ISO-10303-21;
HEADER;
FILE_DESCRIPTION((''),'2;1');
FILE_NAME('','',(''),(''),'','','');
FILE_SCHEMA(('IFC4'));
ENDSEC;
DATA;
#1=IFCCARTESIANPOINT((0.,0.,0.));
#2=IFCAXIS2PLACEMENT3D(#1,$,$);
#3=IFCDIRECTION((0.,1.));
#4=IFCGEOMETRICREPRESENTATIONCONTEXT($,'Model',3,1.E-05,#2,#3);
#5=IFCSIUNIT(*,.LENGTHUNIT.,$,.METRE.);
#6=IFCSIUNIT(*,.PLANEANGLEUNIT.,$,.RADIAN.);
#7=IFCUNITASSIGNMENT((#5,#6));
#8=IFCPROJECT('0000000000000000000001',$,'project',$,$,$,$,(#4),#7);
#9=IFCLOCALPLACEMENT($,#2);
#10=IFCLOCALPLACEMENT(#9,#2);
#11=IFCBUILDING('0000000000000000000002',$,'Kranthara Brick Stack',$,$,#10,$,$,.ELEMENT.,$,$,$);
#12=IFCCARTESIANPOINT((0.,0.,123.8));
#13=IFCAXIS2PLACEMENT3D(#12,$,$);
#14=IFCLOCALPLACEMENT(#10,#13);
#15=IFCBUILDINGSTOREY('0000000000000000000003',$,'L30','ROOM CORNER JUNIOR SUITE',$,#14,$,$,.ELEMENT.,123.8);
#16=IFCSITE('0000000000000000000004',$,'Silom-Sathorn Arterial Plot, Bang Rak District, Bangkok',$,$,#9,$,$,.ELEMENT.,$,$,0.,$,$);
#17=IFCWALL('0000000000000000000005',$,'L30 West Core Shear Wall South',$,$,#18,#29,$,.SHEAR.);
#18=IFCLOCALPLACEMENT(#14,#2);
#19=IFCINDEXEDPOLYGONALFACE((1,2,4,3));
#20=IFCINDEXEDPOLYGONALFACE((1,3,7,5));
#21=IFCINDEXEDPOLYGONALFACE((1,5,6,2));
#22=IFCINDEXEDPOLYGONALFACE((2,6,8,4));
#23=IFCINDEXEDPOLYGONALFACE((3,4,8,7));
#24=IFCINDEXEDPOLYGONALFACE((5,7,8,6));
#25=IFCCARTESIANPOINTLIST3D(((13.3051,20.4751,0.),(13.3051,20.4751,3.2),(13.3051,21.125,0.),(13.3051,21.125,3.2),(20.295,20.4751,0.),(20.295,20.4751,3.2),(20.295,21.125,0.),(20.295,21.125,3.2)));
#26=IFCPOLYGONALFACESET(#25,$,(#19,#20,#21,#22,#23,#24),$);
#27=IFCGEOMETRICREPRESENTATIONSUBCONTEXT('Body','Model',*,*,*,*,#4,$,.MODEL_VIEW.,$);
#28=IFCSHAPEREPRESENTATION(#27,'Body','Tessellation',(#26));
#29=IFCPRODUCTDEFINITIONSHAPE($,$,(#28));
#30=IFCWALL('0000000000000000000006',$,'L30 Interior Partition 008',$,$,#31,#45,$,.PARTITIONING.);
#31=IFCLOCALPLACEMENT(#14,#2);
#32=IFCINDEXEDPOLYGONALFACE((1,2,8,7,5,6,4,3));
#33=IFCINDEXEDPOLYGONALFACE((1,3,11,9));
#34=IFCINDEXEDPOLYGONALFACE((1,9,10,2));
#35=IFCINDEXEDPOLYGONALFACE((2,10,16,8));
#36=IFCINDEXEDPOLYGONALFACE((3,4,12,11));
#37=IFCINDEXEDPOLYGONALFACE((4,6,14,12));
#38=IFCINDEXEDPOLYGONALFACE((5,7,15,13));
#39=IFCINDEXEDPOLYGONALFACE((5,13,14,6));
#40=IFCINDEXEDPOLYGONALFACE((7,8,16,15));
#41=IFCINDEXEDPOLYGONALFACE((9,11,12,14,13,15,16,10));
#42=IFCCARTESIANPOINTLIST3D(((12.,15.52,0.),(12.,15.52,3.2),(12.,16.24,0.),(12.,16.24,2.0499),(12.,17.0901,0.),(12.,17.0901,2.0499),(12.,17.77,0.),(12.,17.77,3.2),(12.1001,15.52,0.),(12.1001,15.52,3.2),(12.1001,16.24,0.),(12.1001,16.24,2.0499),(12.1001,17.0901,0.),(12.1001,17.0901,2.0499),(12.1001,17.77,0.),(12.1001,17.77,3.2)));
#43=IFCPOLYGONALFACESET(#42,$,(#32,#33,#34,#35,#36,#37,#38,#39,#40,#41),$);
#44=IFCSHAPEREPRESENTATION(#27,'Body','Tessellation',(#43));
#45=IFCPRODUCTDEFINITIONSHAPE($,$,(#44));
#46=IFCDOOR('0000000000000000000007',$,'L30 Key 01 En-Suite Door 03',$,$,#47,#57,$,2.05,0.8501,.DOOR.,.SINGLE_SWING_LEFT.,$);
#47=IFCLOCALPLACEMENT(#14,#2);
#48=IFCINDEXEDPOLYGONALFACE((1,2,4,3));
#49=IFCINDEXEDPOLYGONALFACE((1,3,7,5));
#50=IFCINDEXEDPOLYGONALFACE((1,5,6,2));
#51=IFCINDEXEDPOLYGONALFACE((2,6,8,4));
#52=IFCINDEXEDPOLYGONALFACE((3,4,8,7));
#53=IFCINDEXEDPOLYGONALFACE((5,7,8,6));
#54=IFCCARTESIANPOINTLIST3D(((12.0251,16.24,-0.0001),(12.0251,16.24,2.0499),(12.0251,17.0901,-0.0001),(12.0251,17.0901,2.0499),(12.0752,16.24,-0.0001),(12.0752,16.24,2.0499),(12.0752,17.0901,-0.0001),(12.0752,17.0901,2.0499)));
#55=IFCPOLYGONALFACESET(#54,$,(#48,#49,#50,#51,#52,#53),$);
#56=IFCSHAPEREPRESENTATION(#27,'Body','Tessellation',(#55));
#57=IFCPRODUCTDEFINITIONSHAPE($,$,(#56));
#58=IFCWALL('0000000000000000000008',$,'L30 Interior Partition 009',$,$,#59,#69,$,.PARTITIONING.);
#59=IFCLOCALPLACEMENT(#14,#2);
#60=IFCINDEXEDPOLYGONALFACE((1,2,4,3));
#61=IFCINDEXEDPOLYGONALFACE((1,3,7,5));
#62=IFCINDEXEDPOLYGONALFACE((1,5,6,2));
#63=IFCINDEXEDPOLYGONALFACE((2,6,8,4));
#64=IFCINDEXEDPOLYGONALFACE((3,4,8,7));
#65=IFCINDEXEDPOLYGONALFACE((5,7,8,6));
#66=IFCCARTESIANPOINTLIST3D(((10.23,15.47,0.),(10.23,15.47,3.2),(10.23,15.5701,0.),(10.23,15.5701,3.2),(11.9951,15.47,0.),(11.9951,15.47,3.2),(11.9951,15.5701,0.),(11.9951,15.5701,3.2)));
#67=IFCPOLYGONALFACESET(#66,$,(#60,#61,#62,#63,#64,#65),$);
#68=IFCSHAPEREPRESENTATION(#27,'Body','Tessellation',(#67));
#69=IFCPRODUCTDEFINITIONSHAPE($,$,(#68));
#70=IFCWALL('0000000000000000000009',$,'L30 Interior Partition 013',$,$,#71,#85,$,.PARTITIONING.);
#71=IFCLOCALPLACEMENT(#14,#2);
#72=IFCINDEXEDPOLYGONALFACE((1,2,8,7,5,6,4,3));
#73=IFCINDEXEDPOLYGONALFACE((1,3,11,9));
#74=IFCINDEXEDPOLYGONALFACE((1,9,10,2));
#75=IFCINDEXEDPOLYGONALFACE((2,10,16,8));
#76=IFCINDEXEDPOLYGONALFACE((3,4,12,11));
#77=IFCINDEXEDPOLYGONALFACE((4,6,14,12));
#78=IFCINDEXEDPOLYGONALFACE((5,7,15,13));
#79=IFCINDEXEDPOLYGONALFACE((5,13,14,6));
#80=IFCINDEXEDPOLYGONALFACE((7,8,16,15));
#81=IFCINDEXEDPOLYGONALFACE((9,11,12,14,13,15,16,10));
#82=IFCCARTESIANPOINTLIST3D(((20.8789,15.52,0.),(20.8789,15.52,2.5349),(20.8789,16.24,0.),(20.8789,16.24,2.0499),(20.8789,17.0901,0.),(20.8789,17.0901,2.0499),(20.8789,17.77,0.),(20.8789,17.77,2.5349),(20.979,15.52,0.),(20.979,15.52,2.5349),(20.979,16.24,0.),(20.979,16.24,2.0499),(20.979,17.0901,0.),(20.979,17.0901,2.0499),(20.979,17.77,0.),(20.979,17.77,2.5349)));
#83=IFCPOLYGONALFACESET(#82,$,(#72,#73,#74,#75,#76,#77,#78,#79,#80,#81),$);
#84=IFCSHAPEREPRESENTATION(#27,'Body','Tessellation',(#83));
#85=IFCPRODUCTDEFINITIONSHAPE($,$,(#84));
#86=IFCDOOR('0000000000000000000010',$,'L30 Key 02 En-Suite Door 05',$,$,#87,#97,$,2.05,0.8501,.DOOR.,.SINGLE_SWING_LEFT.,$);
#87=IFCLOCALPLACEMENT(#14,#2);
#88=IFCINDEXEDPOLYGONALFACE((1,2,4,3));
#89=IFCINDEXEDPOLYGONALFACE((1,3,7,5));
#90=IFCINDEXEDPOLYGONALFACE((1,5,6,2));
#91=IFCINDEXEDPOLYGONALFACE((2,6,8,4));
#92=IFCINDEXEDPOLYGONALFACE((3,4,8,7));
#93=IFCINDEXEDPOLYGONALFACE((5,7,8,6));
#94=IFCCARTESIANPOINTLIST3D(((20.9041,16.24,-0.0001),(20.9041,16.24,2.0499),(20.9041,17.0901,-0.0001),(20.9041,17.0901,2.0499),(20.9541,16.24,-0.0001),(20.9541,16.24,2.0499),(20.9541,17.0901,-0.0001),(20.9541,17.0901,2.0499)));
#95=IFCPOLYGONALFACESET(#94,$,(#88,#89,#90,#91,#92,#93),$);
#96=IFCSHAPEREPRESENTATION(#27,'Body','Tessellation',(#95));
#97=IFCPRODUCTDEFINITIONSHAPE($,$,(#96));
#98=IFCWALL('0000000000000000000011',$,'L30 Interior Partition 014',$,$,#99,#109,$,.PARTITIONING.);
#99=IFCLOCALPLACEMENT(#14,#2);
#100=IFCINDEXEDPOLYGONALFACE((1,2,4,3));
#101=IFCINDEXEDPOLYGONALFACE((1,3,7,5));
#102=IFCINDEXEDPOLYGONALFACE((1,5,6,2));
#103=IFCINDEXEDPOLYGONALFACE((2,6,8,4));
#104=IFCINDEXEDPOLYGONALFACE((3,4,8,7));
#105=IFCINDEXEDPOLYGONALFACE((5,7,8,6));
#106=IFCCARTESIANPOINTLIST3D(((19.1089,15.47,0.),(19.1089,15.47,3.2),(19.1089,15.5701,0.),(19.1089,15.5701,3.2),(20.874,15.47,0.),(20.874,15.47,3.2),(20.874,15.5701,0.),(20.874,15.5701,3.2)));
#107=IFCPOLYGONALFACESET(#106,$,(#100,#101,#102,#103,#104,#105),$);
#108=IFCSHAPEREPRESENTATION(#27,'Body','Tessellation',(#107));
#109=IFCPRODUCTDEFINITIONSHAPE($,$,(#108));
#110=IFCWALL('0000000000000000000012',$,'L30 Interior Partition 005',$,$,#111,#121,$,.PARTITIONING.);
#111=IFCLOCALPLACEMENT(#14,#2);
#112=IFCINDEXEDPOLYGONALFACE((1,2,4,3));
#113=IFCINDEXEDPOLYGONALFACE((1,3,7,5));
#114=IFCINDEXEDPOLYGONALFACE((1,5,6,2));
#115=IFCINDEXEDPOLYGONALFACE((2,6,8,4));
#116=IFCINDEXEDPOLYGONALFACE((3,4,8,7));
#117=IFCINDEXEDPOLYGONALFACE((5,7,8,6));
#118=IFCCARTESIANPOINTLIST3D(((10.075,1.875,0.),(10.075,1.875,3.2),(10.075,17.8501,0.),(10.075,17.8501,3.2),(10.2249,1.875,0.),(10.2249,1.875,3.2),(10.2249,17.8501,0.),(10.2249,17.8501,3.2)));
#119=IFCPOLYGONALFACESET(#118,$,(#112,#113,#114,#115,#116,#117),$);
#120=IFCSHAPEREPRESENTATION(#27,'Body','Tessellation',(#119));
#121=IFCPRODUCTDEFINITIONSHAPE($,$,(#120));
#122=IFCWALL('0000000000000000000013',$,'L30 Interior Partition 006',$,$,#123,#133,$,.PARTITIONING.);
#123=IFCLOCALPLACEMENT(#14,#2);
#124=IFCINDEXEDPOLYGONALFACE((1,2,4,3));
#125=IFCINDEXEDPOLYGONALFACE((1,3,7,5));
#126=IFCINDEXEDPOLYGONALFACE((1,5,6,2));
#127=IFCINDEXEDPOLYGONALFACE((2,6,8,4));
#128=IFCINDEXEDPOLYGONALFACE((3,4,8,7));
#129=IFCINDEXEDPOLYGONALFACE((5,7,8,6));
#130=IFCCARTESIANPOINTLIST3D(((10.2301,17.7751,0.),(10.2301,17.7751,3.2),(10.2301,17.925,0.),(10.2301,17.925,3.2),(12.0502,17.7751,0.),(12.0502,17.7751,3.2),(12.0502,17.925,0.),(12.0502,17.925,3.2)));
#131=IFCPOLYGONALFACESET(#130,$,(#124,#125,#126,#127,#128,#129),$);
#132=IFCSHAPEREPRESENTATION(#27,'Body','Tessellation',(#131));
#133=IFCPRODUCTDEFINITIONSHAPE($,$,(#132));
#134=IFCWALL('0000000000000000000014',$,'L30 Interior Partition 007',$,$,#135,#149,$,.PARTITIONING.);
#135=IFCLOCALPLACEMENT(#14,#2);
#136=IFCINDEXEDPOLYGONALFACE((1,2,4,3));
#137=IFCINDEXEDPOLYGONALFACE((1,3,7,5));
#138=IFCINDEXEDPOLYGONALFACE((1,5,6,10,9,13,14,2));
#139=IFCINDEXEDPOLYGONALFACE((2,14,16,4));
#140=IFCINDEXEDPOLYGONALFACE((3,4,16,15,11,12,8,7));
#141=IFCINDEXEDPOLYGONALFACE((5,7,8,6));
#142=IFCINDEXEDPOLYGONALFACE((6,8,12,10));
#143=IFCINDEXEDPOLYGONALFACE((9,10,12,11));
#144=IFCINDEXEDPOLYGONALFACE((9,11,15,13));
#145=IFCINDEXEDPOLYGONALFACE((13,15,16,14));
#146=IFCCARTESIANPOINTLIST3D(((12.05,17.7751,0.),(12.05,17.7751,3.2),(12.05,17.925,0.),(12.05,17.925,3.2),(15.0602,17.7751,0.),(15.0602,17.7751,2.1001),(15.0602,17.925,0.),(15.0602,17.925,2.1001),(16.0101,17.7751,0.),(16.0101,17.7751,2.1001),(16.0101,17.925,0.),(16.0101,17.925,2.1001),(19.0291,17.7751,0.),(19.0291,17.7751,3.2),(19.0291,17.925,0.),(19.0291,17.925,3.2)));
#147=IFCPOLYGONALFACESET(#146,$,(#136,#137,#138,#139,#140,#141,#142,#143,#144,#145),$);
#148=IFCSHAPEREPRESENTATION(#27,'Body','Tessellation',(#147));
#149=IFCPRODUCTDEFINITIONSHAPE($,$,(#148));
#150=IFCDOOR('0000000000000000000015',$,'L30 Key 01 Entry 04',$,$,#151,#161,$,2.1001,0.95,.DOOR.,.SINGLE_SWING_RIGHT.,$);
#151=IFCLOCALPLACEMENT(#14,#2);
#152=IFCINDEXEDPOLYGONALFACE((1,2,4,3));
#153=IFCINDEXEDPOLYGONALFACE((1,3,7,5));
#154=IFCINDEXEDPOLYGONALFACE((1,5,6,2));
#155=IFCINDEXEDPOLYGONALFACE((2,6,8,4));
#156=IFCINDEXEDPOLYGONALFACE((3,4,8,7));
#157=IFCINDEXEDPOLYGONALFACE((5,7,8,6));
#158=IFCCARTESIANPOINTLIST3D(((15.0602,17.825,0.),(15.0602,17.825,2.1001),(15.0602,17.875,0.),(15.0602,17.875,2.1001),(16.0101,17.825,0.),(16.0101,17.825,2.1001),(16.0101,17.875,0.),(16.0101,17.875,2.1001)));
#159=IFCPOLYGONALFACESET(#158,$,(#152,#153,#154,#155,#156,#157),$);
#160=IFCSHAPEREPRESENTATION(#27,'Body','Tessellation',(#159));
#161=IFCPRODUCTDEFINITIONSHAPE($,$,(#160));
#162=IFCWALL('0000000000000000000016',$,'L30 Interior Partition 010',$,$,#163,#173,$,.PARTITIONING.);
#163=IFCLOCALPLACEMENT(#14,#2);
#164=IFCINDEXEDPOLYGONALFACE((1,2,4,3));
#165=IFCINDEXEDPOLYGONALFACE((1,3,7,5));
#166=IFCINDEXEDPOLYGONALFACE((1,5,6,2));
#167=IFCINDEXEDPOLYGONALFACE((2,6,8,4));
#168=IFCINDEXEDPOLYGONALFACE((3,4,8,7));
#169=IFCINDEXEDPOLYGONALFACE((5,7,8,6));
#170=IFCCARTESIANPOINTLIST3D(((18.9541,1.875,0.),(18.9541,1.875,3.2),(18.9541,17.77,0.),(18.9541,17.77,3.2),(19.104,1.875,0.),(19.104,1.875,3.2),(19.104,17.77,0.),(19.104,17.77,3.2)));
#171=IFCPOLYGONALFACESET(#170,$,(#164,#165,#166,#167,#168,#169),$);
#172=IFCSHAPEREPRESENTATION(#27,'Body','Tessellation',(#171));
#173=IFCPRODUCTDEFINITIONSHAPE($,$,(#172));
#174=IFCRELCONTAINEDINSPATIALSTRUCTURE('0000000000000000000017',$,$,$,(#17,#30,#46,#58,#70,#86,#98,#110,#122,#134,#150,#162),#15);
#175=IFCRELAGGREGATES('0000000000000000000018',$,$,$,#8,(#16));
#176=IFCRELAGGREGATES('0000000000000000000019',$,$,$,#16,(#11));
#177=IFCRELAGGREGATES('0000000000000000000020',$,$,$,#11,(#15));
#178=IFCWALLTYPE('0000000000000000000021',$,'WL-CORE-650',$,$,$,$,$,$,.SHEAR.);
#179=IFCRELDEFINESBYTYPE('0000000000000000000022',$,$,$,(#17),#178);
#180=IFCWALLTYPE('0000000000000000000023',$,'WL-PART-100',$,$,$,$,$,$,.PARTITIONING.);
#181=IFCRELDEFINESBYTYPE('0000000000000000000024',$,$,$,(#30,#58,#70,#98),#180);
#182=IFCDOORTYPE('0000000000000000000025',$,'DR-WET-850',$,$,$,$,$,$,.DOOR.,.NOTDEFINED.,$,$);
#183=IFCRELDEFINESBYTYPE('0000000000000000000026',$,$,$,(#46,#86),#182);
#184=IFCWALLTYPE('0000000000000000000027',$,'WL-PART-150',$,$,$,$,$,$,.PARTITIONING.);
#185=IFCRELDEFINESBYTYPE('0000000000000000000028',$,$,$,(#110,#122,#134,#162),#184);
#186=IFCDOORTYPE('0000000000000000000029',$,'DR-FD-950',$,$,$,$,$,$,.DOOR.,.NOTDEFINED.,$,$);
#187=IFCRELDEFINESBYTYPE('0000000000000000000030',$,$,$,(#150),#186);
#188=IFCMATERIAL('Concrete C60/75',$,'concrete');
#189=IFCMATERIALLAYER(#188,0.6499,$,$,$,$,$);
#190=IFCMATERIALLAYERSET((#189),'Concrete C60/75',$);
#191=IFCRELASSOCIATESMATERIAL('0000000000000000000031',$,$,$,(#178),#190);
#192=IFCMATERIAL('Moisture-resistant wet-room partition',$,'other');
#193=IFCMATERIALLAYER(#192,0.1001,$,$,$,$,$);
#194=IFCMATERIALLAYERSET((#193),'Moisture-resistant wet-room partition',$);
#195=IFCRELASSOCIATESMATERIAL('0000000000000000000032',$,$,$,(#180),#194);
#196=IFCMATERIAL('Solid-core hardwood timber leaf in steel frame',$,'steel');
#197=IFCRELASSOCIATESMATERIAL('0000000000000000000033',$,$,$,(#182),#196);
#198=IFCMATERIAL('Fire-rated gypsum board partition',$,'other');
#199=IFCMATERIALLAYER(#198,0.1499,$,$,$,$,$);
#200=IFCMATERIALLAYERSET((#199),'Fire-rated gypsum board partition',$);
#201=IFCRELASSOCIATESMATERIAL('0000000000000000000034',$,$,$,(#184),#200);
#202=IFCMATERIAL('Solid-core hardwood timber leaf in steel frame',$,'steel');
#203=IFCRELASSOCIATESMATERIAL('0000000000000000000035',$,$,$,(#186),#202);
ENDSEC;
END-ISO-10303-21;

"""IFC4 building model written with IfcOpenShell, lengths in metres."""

from ifc_helpers import new_model, si_unit, direction, frame, frame_2d, origin, place, context, subcontext, project, spatial, rectangle, extrude, material, layer, layer_set, type_object, element, fill, save


model = new_model("IFC4")

# Units and contexts
model_context = context("Model", 3, precision=1e-05, world=origin(), true_north=direction((0.0, 1.0)))
body_context = subcontext(model_context, "Body", "Model", "MODEL_VIEW")
ifc_project = project(units=[si_unit("LENGTHUNIT", "METRE"), si_unit("PLANEANGLEUNIT", "RADIAN")], contexts=[model_context])

# Site, building, storey
site_placement = place(None, origin())
site = spatial("IfcSite", under=ifc_project, at=site_placement, Name="Silom-Sathorn Arterial Plot, Bang Rak District, Bangkok", CompositionType="ELEMENT", RefElevation=0.0)
building_placement = place(site_placement, origin())
building = spatial("IfcBuilding", under=site, at=building_placement, Name="Kranthara Brick Stack", CompositionType="ELEMENT")
storey_placement = place(building_placement, frame((0.0, 0.0, 123.8)))
storey = spatial("IfcBuildingStorey", under=building, at=storey_placement, Name="L30", Description="ROOM CORNER JUNIOR SUITE", CompositionType="ELEMENT", Elevation=123.8)

# Wall
ifc_material_1 = material(Name="Concrete C60/75", Category="concrete")
ifc_layer_1 = layer(ifc_material_1, 0.6499)
ifc_layer_set_1 = layer_set([ifc_layer_1], Name="Concrete C60/75")
wall_type_1 = type_object("IfcWallType", Name="WL-CORE-650", PredefinedType="SHEAR", material=ifc_layer_set_1)
wall_1_placement = place(storey_placement, frame((13.3049, 20.8, 0.0), z_axis=(0.0, 0.0, 1.0), x_axis=(1.0, 0.0, 0.0)))
element("IfcWall", 1, at=wall_1_placement, inside=storey, type_object=wall_type_1, Name="L30 West Core Shear Wall South", PredefinedType="SHEAR", context=body_context, shape_type="SweptSolid", body=[
    extrude(rectangle(XDim=6.99, YDim=0.6499, at=frame_2d((3.4951, 0.0))), origin(), (0.0, 0.0, 1.0), 3.2),
])

# Wall, opening, door
ifc_material_2 = material(Name="Moisture-resistant wet-room partition", Category="other")
ifc_layer_2 = layer(ifc_material_2, 0.1001)
ifc_layer_set_2 = layer_set([ifc_layer_2], Name="Moisture-resistant wet-room partition")
wall_type_2 = type_object("IfcWallType", Name="WL-PART-100", PredefinedType="PARTITIONING", material=ifc_layer_set_2)
wall_2_placement = place(storey_placement, frame((12.05, 15.52, 0.0), z_axis=(0.0, 0.0, 1.0), x_axis=(0.0, 1.0, 0.0)))
wall_2 = element("IfcWall", 2, at=wall_2_placement, inside=storey, type_object=wall_type_2, Name="L30 Interior Partition 008", PredefinedType="PARTITIONING", context=body_context, shape_type="SweptSolid", body=[
    extrude(rectangle(XDim=2.25, YDim=0.1001, at=frame_2d((1.125, 0.0))), origin(), (0.0, 0.0, 1.0), 3.2),
])
opening_1_placement = place(wall_2_placement, frame((0.72, 0.0, 0.0)))
opening_1 = element("IfcOpeningElement", 3, at=opening_1_placement, cuts=wall_2, PredefinedType="OPENING", context=body_context, shape_type="SweptSolid", body=[
    extrude(rectangle(XDim=0.8501, YDim=2.05, at=frame_2d((0.425, 1.0249))), frame((0.0, 0.0601, 0.0), z_axis=(0.0, -1.0, 0.0), x_axis=(1.0, 0.0, 0.0)), (0.0, 0.0, 1.0), 0.1201),
])
ifc_material_3 = material(Name="Solid-core hardwood timber leaf in steel frame", Category="steel")
door_type_1 = type_object("IfcDoorType", Name="DR-WET-850", OperationType="NOTDEFINED", PredefinedType="DOOR", material=ifc_material_3)
door_1_placement = place(opening_1_placement, origin())
door_1 = element("IfcDoor", 4, at=door_1_placement, inside=storey, type_object=door_type_1, Name="L30 Key 01 En-Suite Door 03", OperationType="SINGLE_SWING_LEFT", OverallHeight=2.05, OverallWidth=0.8501, PredefinedType="DOOR", context=body_context, shape_type="SweptSolid", body=[
    extrude(rectangle(XDim=0.8501, YDim=2.05, at=frame_2d((0.425, 1.0249))), frame((0.0, 0.0249, 0.0), z_axis=(0.0, -1.0, 0.0), x_axis=(1.0, 0.0, 0.0)), (0.0, 0.0, 1.0), 0.05),
])
fill(opening_1, door_1)

# Wall
wall_3_placement = place(storey_placement, frame((10.23, 15.52, 0.0), z_axis=(0.0, 0.0, 1.0), x_axis=(1.0, 0.0, 0.0)))
element("IfcWall", 5, at=wall_3_placement, inside=storey, type_object=wall_type_2, Name="L30 Interior Partition 009", PredefinedType="PARTITIONING", context=body_context, shape_type="SweptSolid", body=[
    extrude(rectangle(XDim=1.7651, YDim=0.1001, at=frame_2d((0.8826, 0.0))), origin(), (0.0, 0.0, 1.0), 3.2),
])

# Wall, opening, door
wall_4_placement = place(storey_placement, frame((20.929, 15.52, 0.0), z_axis=(0.0, 0.0, 1.0), x_axis=(0.0, 1.0, 0.0)))
wall_4 = element("IfcWall", 6, at=wall_4_placement, inside=storey, type_object=wall_type_2, Name="L30 Interior Partition 013", PredefinedType="PARTITIONING", context=body_context, shape_type="SweptSolid", body=[
    extrude(rectangle(XDim=2.25, YDim=0.1001, at=frame_2d((1.125, 0.0))), origin(), (0.0, 0.0, 1.0), 2.5349),
])
opening_2_placement = place(wall_4_placement, frame((0.72, 0.0, 0.0)))
opening_2 = element("IfcOpeningElement", 7, at=opening_2_placement, cuts=wall_4, PredefinedType="OPENING", context=body_context, shape_type="SweptSolid", body=[
    extrude(rectangle(XDim=0.8501, YDim=2.05, at=frame_2d((0.425, 1.0249))), frame((0.0, 0.0601, 0.0), z_axis=(0.0, -1.0, 0.0), x_axis=(1.0, 0.0, 0.0)), (0.0, 0.0, 1.0), 0.1201),
])
door_2_placement = place(opening_2_placement, origin())
door_2 = element("IfcDoor", 8, at=door_2_placement, inside=storey, type_object=door_type_1, Name="L30 Key 02 En-Suite Door 05", OperationType="SINGLE_SWING_LEFT", OverallHeight=2.05, OverallWidth=0.8501, PredefinedType="DOOR", context=body_context, shape_type="SweptSolid", body=[
    extrude(rectangle(XDim=0.8501, YDim=2.05, at=frame_2d((0.425, 1.0249))), frame((0.0, 0.0249, 0.0), z_axis=(0.0, -1.0, 0.0), x_axis=(1.0, 0.0, 0.0)), (0.0, 0.0, 1.0), 0.05),
])
fill(opening_2, door_2)

# Walls
wall_5_placement = place(storey_placement, frame((19.1089, 15.52, 0.0), z_axis=(0.0, 0.0, 1.0), x_axis=(1.0, 0.0, 0.0)))
element("IfcWall", 9, at=wall_5_placement, inside=storey, type_object=wall_type_2, Name="L30 Interior Partition 014", PredefinedType="PARTITIONING", context=body_context, shape_type="SweptSolid", body=[
    extrude(rectangle(XDim=1.7651, YDim=0.1001, at=frame_2d((0.8826, 0.0))), origin(), (0.0, 0.0, 1.0), 3.2),
])
ifc_material_4 = material(Name="Fire-rated gypsum board partition", Category="other")
ifc_layer_3 = layer(ifc_material_4, 0.1499)
ifc_layer_set_3 = layer_set([ifc_layer_3], Name="Fire-rated gypsum board partition")
wall_type_3 = type_object("IfcWallType", Name="WL-PART-150", PredefinedType="PARTITIONING", material=ifc_layer_set_3)
wall_6_placement = place(storey_placement, frame((10.1499, 1.875, 0.0), z_axis=(0.0, 0.0, 1.0), x_axis=(0.0, 1.0, 0.0)))
element("IfcWall", 10, at=wall_6_placement, inside=storey, type_object=wall_type_3, Name="L30 Interior Partition 005", PredefinedType="PARTITIONING", context=body_context, shape_type="SweptSolid", body=[
    extrude(rectangle(XDim=15.9751, YDim=0.1499, at=frame_2d((7.9875, 0.0))), origin(), (0.0, 0.0, 1.0), 3.2),
])
wall_7_placement = place(storey_placement, frame((10.23, 17.8501, 0.0), z_axis=(0.0, 0.0, 1.0), x_axis=(1.0, 0.0, 0.0)))
element("IfcWall", 11, at=wall_7_placement, inside=storey, type_object=wall_type_3, Name="L30 Interior Partition 006", PredefinedType="PARTITIONING", context=body_context, shape_type="SweptSolid", body=[
    extrude(rectangle(XDim=1.8201, YDim=0.1499, at=frame_2d((0.9102, 0.0))), origin(), (0.0, 0.0, 1.0), 3.2),
])

# Wall, opening, door
wall_8_placement = place(storey_placement, frame((12.05, 17.8501, 0.0), z_axis=(0.0, 0.0, 1.0), x_axis=(1.0, 0.0, 0.0)))
wall_8 = element("IfcWall", 12, at=wall_8_placement, inside=storey, type_object=wall_type_3, Name="L30 Interior Partition 007", PredefinedType="PARTITIONING", context=body_context, shape_type="SweptSolid", body=[
    extrude(rectangle(XDim=6.979, YDim=0.1499, at=frame_2d((3.4895, 0.0))), origin(), (0.0, 0.0, 1.0), 3.2),
])
opening_3_placement = place(wall_8_placement, frame((3.01, 0.0, 0.0)))
opening_3 = element("IfcOpeningElement", 13, at=opening_3_placement, cuts=wall_8, PredefinedType="OPENING", context=body_context, shape_type="SweptSolid", body=[
    extrude(rectangle(XDim=0.95, YDim=2.1001, at=frame_2d((0.4751, 1.05))), frame((0.0, 0.085, 0.0), z_axis=(0.0, -1.0, 0.0), x_axis=(1.0, 0.0, 0.0)), (0.0, 0.0, 1.0), 0.1699),
])
ifc_material_5 = material(Name="Solid-core hardwood timber leaf in steel frame", Category="steel")
door_type_2 = type_object("IfcDoorType", Name="DR-FD-950", OperationType="NOTDEFINED", PredefinedType="DOOR", material=ifc_material_5)
door_3_placement = place(opening_3_placement, origin())
door_3 = element("IfcDoor", 14, at=door_3_placement, inside=storey, type_object=door_type_2, Name="L30 Key 01 Entry 04", OperationType="SINGLE_SWING_RIGHT", OverallHeight=2.1001, OverallWidth=0.95, PredefinedType="DOOR", context=body_context, shape_type="SweptSolid", body=[
    extrude(rectangle(XDim=0.95, YDim=2.1001, at=frame_2d((0.4751, 1.05))), frame((0.0, 0.0249, 0.0), z_axis=(0.0, -1.0, 0.0), x_axis=(1.0, 0.0, 0.0)), (0.0, 0.0, 1.0), 0.05),
])
fill(opening_3, door_3)

# Wall
wall_9_placement = place(storey_placement, frame((19.0291, 1.875, 0.0), z_axis=(0.0, 0.0, 1.0), x_axis=(0.0, 1.0, 0.0)))
element("IfcWall", 15, at=wall_9_placement, inside=storey, type_object=wall_type_3, Name="L30 Interior Partition 010", PredefinedType="PARTITIONING", context=body_context, shape_type="SweptSolid", body=[
    extrude(rectangle(XDim=15.895, YDim=0.1499, at=frame_2d((7.9475, 0.0))), origin(), (0.0, 0.0, 1.0), 3.2),
])

save(model, "model.ifc")
